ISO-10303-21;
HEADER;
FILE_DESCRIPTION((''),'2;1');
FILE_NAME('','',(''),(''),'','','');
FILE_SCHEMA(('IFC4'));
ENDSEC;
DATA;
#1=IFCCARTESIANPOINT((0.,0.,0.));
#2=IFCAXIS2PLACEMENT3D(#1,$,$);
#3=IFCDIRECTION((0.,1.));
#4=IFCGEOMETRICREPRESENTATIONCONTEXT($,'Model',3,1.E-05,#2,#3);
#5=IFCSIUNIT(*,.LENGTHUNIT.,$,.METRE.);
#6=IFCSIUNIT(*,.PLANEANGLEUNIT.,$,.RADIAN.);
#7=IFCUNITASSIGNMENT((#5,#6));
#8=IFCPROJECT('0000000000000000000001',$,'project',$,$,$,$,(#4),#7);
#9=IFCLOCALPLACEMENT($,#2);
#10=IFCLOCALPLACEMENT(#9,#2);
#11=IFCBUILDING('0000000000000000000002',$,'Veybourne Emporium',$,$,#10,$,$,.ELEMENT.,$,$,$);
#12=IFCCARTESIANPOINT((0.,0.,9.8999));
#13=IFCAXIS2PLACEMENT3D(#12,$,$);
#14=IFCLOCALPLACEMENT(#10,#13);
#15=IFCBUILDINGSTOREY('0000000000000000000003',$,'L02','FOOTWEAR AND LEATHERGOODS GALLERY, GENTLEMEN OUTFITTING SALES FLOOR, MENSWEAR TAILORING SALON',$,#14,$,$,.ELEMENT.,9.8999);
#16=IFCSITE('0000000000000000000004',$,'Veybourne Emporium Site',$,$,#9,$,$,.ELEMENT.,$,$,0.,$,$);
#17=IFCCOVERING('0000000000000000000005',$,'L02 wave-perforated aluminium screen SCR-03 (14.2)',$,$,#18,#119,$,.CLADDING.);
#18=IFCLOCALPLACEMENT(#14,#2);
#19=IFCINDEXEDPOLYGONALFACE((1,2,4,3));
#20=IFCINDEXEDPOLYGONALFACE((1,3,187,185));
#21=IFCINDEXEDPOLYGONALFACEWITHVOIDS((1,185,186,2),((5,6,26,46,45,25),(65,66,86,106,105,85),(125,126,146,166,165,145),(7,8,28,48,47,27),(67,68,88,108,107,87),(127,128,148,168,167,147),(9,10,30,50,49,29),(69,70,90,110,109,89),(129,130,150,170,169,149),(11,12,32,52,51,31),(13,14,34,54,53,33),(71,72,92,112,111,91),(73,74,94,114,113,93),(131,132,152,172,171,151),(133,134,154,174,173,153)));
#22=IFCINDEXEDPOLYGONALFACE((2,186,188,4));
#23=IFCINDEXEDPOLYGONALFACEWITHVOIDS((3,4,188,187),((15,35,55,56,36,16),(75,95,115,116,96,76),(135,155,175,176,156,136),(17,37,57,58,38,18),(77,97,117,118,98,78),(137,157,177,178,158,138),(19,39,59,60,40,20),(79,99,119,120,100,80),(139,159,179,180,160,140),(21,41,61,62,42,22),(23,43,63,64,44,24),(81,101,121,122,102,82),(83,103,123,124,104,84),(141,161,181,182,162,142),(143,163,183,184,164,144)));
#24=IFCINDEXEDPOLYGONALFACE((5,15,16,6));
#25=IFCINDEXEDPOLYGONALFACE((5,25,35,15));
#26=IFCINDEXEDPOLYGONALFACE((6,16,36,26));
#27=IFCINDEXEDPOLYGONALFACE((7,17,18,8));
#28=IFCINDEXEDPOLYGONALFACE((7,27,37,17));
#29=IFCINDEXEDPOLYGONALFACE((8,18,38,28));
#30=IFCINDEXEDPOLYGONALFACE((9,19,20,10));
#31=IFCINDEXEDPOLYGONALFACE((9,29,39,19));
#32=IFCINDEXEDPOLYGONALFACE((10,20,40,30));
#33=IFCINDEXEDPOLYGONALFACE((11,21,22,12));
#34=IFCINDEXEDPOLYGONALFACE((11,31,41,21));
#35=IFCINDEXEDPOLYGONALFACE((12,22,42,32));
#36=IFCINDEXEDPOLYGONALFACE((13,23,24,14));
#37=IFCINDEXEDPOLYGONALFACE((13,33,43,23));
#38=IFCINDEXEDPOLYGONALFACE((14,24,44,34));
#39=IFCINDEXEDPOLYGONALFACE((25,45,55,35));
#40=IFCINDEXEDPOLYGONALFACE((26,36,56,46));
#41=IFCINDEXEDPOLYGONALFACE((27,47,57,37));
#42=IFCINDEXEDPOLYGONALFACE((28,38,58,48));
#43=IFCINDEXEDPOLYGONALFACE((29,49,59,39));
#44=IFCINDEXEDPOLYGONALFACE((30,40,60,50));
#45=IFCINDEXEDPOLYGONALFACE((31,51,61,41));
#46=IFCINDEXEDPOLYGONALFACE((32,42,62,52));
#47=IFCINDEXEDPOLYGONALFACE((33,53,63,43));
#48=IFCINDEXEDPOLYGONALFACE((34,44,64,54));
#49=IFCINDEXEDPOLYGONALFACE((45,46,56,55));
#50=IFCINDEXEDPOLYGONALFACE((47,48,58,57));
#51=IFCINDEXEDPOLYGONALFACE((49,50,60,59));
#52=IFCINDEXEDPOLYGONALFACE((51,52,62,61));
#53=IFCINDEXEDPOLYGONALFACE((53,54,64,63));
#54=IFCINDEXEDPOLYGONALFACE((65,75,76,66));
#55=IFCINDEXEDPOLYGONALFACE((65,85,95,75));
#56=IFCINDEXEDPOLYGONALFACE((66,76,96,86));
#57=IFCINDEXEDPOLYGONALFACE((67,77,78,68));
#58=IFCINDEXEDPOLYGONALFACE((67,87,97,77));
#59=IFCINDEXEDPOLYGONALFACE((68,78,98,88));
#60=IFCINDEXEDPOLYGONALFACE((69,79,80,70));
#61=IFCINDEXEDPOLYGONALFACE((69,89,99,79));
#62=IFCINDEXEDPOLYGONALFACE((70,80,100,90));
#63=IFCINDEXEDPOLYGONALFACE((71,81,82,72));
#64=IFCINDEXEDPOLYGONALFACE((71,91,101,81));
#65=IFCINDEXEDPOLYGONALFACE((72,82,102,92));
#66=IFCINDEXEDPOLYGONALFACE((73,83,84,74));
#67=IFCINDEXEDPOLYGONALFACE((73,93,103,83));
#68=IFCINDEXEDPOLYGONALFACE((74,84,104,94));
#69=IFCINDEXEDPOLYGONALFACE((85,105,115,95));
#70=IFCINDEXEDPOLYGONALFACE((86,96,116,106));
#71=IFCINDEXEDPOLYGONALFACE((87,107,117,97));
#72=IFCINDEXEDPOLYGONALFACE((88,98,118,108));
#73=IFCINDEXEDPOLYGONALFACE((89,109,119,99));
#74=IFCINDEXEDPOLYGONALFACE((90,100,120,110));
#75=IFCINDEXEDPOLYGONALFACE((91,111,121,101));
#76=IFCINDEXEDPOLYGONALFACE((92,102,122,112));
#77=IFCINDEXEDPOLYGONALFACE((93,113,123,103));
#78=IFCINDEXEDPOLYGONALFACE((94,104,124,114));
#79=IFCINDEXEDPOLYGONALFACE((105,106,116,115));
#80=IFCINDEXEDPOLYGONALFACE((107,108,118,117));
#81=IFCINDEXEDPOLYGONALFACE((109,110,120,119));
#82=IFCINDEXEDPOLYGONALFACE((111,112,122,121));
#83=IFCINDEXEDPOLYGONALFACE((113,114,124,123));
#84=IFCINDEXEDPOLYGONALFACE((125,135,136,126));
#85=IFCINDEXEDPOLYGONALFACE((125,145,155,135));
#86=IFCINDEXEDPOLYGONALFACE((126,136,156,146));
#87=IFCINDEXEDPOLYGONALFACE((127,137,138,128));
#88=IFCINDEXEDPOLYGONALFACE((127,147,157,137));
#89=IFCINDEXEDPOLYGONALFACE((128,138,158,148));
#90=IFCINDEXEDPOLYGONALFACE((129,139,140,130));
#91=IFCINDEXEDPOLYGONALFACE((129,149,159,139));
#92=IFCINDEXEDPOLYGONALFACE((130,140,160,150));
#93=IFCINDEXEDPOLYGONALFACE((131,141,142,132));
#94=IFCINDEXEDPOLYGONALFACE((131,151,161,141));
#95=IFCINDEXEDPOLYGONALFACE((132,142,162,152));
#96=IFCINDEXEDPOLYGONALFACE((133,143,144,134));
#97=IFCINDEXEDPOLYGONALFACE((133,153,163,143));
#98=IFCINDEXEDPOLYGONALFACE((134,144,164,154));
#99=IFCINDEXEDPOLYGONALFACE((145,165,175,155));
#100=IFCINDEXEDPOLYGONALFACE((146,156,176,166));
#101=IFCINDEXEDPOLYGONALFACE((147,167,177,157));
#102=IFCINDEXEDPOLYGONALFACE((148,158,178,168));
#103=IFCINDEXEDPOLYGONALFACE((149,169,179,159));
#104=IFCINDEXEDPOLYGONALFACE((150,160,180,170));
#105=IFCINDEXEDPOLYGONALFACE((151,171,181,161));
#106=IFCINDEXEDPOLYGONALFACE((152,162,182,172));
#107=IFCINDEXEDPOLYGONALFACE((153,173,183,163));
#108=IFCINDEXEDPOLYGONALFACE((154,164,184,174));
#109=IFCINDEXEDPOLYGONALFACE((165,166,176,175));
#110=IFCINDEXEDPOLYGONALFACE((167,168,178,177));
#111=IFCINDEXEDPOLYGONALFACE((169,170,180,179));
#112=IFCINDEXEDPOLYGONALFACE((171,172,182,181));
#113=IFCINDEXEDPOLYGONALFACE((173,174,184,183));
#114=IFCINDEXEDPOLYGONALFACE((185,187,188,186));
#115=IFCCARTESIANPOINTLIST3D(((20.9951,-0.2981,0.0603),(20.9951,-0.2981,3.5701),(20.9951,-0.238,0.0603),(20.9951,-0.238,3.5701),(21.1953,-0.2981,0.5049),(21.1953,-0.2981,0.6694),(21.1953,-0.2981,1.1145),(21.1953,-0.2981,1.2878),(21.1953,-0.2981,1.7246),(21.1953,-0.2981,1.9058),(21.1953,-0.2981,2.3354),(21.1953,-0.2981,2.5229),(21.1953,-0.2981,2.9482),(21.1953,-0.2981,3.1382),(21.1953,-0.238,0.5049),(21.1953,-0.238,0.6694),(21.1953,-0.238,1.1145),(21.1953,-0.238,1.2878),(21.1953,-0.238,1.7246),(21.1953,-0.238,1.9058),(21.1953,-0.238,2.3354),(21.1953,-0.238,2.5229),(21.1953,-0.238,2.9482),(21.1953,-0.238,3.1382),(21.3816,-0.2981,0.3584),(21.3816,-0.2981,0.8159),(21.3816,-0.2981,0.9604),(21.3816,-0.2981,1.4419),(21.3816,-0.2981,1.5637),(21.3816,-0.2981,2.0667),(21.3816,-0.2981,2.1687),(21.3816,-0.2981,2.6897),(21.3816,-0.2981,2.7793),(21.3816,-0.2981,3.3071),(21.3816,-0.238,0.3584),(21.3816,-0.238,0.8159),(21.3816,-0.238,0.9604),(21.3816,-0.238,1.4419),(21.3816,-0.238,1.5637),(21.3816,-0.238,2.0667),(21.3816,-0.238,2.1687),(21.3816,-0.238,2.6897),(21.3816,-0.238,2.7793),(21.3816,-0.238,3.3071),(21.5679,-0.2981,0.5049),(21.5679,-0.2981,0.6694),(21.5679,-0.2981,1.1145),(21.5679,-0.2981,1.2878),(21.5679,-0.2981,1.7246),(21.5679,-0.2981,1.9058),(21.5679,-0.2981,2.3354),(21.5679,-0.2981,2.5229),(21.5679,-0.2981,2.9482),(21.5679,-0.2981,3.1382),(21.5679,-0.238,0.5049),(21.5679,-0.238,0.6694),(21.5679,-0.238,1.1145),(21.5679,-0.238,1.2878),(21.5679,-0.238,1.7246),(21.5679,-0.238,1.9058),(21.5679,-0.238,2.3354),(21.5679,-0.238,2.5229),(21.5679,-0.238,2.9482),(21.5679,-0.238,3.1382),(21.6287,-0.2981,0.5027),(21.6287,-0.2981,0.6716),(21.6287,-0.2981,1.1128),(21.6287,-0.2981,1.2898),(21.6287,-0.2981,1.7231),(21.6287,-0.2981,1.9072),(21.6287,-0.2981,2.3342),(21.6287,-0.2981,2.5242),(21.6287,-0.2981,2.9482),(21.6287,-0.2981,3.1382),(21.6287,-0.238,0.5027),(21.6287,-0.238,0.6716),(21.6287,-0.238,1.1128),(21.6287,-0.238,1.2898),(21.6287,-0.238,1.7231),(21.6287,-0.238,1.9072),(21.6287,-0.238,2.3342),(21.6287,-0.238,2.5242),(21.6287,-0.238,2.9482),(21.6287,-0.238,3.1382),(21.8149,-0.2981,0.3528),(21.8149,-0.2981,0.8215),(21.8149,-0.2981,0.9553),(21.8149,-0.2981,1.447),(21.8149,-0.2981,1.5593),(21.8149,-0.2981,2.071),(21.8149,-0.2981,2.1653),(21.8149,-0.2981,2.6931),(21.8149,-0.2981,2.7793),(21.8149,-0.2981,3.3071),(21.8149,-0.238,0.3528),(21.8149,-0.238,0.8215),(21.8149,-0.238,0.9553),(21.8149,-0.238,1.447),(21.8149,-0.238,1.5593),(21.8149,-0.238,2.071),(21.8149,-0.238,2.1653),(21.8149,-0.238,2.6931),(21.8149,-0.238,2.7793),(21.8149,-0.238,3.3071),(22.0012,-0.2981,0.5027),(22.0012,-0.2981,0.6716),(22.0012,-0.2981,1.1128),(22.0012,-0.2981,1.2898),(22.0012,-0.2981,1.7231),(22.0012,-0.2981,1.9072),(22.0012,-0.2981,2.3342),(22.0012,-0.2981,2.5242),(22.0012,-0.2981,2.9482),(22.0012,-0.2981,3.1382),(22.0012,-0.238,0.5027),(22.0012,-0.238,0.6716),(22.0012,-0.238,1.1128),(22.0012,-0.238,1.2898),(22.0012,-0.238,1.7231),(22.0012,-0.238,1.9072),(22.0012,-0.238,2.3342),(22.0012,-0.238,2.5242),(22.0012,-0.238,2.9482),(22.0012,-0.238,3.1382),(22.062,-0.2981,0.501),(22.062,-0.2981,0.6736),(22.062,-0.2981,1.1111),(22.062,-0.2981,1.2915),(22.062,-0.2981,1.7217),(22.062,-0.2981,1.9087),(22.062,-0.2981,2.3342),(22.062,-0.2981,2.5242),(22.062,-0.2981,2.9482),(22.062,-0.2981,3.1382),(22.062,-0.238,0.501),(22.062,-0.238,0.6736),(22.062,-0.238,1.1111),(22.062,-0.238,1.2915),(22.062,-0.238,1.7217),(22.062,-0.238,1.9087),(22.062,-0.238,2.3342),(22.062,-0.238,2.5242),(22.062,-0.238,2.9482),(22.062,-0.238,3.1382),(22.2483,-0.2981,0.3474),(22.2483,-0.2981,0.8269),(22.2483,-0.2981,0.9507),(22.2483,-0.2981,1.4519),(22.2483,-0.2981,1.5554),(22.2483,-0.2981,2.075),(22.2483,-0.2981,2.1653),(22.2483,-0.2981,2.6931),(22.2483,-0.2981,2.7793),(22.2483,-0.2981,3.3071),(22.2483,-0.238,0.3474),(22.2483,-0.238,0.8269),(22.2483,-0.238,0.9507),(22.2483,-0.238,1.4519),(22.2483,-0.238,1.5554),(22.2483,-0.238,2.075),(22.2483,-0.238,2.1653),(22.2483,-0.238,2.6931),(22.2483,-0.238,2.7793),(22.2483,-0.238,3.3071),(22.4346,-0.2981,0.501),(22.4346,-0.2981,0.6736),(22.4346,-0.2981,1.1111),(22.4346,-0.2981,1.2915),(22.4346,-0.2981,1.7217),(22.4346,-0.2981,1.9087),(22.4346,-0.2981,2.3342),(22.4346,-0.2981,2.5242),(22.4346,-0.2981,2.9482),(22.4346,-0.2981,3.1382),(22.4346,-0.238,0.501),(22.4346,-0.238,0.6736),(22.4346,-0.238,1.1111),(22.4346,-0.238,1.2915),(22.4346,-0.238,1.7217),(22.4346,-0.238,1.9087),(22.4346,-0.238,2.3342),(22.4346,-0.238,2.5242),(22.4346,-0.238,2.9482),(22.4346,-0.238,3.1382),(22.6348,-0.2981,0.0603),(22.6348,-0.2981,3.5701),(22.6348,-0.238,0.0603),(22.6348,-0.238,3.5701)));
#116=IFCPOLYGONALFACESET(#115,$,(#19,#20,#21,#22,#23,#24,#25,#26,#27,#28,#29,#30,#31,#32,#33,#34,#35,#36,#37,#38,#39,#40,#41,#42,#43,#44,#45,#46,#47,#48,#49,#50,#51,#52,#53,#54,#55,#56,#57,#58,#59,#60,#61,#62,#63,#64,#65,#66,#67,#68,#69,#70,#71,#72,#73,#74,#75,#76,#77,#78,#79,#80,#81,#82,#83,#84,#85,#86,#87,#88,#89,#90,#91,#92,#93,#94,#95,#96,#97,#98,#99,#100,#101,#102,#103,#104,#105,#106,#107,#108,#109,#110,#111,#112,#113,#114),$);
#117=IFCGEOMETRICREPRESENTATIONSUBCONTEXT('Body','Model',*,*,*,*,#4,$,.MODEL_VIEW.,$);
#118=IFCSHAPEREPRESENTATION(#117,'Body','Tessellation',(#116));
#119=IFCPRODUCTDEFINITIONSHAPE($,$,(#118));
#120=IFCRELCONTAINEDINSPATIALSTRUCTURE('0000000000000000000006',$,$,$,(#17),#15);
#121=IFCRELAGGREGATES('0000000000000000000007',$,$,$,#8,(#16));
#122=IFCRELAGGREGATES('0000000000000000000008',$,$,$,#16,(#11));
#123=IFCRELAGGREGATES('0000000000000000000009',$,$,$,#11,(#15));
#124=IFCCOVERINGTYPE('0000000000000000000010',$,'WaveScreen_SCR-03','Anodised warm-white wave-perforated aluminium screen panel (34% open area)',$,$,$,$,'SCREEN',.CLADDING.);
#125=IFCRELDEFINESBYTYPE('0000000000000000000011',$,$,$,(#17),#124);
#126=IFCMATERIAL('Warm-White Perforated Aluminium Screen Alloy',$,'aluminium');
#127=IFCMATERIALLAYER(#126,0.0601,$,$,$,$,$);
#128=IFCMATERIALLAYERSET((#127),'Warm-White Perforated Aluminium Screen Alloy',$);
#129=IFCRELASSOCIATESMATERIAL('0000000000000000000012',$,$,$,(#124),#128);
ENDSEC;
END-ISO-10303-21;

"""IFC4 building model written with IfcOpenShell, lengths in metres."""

from ifc_helpers import new_model, si_unit, direction, frame, origin, place, context, subcontext, project, spatial, polyline, outline, extrude, material, layer, layer_set, type_object, element, save


model = new_model("IFC4")

# Units and contexts
model_context = context("Model", 3, precision=1e-05, world=origin(), true_north=direction((0.0, 1.0)))
body_context = subcontext(model_context, "Body", "Model", "MODEL_VIEW")
ifc_project = project(units=[si_unit("LENGTHUNIT", "METRE"), si_unit("PLANEANGLEUNIT", "RADIAN")], contexts=[model_context])

# Site, building, storey
site_placement = place(None, origin())
site = spatial("IfcSite", under=ifc_project, at=site_placement, Name="Veybourne Emporium Site", CompositionType="ELEMENT", RefElevation=0.0)
building_placement = place(site_placement, origin())
building = spatial("IfcBuilding", under=site, at=building_placement, Name="Veybourne Emporium", CompositionType="ELEMENT")
storey_placement = place(building_placement, frame((0.0, 0.0, 9.8999)))
storey = spatial("IfcBuildingStorey", under=building, at=storey_placement, Name="L02", Description="FOOTWEAR AND LEATHERGOODS GALLERY, GENTLEMEN OUTFITTING SALES FLOOR, MENSWEAR TAILORING SALON", CompositionType="ELEMENT", Elevation=9.8999)

# Covering
ifc_material_1 = material(Name="Warm-White Perforated Aluminium Screen Alloy", Category="aluminium")
ifc_layer_1 = layer(ifc_material_1, 0.0601)
ifc_layer_set_1 = layer_set([ifc_layer_1], Name="Warm-White Perforated Aluminium Screen Alloy")
covering_type_1 = type_object("IfcCoveringType", Name="WaveScreen_SCR-03", Description="Anodised warm-white wave-perforated aluminium screen panel (34% open area)", ElementType="SCREEN", PredefinedType="CLADDING", material=ifc_layer_set_1)
covering_1_placement = place(storey_placement, frame((21.8149, -0.2981, 1.8152), z_axis=(0.0, 1.0, 0.0), x_axis=(-1.0, 0.0, 0.0)))
element("IfcCovering", 1, at=covering_1_placement, inside=storey, type_object=covering_type_1, Name="L02 wave-perforated aluminium screen SCR-03 (14.2)", PredefinedType="CLADDING", context=body_context, shape_type="SweptSolid", body=[
    extrude(outline(polyline([(-0.8198, -1.7549), (0.8198, -1.7549), (0.8198, 1.7549), (-0.8198, 1.7549), (-0.8198, -1.7549)]), holes=[polyline([(-0.4333, -0.9883), (-0.2471, -1.1416), (-0.2471, -1.3142), (-0.4333, -1.4678), (-0.6196, -1.3142), (-0.6196, -1.1416), (-0.4333, -0.9883)]), polyline([(-0.4333, -0.3633), (-0.2471, -0.5237), (-0.2471, -0.7041), (-0.4333, -0.8645), (-0.6196, -0.7041), (-0.6196, -0.5237), (-0.4333, -0.3633)]), polyline([(-0.4333, 0.2598), (-0.2471, 0.0935), (-0.2471, -0.0935), (-0.4333, -0.2598), (-0.6196, -0.0935), (-0.6196, 0.0935), (-0.4333, 0.2598)]), polyline([(-0.4333, 0.8779), (-0.2471, 0.709), (-0.2471, 0.519), (-0.4333, 0.3501), (-0.6196, 0.519), (-0.6196, 0.709), (-0.4333, 0.8779)]), polyline([(-0.4333, 1.4919), (-0.2471, 1.323), (-0.2471, 1.1331), (-0.4333, 0.9641), (-0.6196, 1.1331), (-0.6196, 1.323), (-0.4333, 1.4919)]), polyline([(0.0, -0.9937), (0.1863, -1.1436), (0.1863, -1.3125), (0.0, -1.4624), (-0.1863, -1.3125), (-0.1863, -1.1436), (0.0, -0.9937)]), polyline([(0.0, -0.3682), (0.1863, -0.5254), (0.1863, -0.7024), (0.0, -0.8599), (-0.1863, -0.7024), (-0.1863, -0.5254), (0.0, -0.3682)]), polyline([(0.0, 0.2559), (0.1863, 0.092), (0.1863, -0.092), (0.0, -0.2559), (-0.1863, -0.092), (-0.1863, 0.092), (0.0, 0.2559)]), polyline([(0.0, 0.8779), (0.1863, 0.709), (0.1863, 0.519), (0.0, 0.3501), (-0.1863, 0.519), (-0.1863, 0.709), (0.0, 0.8779)]), polyline([(0.0, 1.4919), (0.1863, 1.323), (0.1863, 1.1331), (0.0, 0.9641), (-0.1863, 1.1331), (-0.1863, 1.323), (0.0, 1.4919)]), polyline([(0.4333, -0.9993), (0.6196, -1.1458), (0.6196, -1.3103), (0.4333, -1.4568), (0.2471, -1.3103), (0.2471, -1.1458), (0.4333, -0.9993)]), polyline([(0.4333, -0.3733), (0.6196, -0.5273), (0.6196, -0.7007), (0.4333, -0.8547), (0.2471, -0.7007), (0.2471, -0.5273), (0.4333, -0.3733)]), polyline([(0.4333, 0.2515), (0.6196, 0.0906), (0.6196, -0.0906), (0.4333, -0.2515), (0.2471, -0.0906), (0.2471, 0.0906), (0.4333, 0.2515)]), polyline([(0.4333, 0.8745), (0.6196, 0.7078), (0.6196, 0.5203), (0.4333, 0.3535), (0.2471, 0.5203), (0.2471, 0.7078), (0.4333, 0.8745)]), polyline([(0.4333, 1.4919), (0.6196, 1.323), (0.6196, 1.1331), (0.4333, 0.9641), (0.2471, 1.1331), (0.2471, 1.323), (0.4333, 1.4919)])]), origin(), (0.0, 0.0, 1.0), 0.0601),
])

save(model, "model.ifc")
